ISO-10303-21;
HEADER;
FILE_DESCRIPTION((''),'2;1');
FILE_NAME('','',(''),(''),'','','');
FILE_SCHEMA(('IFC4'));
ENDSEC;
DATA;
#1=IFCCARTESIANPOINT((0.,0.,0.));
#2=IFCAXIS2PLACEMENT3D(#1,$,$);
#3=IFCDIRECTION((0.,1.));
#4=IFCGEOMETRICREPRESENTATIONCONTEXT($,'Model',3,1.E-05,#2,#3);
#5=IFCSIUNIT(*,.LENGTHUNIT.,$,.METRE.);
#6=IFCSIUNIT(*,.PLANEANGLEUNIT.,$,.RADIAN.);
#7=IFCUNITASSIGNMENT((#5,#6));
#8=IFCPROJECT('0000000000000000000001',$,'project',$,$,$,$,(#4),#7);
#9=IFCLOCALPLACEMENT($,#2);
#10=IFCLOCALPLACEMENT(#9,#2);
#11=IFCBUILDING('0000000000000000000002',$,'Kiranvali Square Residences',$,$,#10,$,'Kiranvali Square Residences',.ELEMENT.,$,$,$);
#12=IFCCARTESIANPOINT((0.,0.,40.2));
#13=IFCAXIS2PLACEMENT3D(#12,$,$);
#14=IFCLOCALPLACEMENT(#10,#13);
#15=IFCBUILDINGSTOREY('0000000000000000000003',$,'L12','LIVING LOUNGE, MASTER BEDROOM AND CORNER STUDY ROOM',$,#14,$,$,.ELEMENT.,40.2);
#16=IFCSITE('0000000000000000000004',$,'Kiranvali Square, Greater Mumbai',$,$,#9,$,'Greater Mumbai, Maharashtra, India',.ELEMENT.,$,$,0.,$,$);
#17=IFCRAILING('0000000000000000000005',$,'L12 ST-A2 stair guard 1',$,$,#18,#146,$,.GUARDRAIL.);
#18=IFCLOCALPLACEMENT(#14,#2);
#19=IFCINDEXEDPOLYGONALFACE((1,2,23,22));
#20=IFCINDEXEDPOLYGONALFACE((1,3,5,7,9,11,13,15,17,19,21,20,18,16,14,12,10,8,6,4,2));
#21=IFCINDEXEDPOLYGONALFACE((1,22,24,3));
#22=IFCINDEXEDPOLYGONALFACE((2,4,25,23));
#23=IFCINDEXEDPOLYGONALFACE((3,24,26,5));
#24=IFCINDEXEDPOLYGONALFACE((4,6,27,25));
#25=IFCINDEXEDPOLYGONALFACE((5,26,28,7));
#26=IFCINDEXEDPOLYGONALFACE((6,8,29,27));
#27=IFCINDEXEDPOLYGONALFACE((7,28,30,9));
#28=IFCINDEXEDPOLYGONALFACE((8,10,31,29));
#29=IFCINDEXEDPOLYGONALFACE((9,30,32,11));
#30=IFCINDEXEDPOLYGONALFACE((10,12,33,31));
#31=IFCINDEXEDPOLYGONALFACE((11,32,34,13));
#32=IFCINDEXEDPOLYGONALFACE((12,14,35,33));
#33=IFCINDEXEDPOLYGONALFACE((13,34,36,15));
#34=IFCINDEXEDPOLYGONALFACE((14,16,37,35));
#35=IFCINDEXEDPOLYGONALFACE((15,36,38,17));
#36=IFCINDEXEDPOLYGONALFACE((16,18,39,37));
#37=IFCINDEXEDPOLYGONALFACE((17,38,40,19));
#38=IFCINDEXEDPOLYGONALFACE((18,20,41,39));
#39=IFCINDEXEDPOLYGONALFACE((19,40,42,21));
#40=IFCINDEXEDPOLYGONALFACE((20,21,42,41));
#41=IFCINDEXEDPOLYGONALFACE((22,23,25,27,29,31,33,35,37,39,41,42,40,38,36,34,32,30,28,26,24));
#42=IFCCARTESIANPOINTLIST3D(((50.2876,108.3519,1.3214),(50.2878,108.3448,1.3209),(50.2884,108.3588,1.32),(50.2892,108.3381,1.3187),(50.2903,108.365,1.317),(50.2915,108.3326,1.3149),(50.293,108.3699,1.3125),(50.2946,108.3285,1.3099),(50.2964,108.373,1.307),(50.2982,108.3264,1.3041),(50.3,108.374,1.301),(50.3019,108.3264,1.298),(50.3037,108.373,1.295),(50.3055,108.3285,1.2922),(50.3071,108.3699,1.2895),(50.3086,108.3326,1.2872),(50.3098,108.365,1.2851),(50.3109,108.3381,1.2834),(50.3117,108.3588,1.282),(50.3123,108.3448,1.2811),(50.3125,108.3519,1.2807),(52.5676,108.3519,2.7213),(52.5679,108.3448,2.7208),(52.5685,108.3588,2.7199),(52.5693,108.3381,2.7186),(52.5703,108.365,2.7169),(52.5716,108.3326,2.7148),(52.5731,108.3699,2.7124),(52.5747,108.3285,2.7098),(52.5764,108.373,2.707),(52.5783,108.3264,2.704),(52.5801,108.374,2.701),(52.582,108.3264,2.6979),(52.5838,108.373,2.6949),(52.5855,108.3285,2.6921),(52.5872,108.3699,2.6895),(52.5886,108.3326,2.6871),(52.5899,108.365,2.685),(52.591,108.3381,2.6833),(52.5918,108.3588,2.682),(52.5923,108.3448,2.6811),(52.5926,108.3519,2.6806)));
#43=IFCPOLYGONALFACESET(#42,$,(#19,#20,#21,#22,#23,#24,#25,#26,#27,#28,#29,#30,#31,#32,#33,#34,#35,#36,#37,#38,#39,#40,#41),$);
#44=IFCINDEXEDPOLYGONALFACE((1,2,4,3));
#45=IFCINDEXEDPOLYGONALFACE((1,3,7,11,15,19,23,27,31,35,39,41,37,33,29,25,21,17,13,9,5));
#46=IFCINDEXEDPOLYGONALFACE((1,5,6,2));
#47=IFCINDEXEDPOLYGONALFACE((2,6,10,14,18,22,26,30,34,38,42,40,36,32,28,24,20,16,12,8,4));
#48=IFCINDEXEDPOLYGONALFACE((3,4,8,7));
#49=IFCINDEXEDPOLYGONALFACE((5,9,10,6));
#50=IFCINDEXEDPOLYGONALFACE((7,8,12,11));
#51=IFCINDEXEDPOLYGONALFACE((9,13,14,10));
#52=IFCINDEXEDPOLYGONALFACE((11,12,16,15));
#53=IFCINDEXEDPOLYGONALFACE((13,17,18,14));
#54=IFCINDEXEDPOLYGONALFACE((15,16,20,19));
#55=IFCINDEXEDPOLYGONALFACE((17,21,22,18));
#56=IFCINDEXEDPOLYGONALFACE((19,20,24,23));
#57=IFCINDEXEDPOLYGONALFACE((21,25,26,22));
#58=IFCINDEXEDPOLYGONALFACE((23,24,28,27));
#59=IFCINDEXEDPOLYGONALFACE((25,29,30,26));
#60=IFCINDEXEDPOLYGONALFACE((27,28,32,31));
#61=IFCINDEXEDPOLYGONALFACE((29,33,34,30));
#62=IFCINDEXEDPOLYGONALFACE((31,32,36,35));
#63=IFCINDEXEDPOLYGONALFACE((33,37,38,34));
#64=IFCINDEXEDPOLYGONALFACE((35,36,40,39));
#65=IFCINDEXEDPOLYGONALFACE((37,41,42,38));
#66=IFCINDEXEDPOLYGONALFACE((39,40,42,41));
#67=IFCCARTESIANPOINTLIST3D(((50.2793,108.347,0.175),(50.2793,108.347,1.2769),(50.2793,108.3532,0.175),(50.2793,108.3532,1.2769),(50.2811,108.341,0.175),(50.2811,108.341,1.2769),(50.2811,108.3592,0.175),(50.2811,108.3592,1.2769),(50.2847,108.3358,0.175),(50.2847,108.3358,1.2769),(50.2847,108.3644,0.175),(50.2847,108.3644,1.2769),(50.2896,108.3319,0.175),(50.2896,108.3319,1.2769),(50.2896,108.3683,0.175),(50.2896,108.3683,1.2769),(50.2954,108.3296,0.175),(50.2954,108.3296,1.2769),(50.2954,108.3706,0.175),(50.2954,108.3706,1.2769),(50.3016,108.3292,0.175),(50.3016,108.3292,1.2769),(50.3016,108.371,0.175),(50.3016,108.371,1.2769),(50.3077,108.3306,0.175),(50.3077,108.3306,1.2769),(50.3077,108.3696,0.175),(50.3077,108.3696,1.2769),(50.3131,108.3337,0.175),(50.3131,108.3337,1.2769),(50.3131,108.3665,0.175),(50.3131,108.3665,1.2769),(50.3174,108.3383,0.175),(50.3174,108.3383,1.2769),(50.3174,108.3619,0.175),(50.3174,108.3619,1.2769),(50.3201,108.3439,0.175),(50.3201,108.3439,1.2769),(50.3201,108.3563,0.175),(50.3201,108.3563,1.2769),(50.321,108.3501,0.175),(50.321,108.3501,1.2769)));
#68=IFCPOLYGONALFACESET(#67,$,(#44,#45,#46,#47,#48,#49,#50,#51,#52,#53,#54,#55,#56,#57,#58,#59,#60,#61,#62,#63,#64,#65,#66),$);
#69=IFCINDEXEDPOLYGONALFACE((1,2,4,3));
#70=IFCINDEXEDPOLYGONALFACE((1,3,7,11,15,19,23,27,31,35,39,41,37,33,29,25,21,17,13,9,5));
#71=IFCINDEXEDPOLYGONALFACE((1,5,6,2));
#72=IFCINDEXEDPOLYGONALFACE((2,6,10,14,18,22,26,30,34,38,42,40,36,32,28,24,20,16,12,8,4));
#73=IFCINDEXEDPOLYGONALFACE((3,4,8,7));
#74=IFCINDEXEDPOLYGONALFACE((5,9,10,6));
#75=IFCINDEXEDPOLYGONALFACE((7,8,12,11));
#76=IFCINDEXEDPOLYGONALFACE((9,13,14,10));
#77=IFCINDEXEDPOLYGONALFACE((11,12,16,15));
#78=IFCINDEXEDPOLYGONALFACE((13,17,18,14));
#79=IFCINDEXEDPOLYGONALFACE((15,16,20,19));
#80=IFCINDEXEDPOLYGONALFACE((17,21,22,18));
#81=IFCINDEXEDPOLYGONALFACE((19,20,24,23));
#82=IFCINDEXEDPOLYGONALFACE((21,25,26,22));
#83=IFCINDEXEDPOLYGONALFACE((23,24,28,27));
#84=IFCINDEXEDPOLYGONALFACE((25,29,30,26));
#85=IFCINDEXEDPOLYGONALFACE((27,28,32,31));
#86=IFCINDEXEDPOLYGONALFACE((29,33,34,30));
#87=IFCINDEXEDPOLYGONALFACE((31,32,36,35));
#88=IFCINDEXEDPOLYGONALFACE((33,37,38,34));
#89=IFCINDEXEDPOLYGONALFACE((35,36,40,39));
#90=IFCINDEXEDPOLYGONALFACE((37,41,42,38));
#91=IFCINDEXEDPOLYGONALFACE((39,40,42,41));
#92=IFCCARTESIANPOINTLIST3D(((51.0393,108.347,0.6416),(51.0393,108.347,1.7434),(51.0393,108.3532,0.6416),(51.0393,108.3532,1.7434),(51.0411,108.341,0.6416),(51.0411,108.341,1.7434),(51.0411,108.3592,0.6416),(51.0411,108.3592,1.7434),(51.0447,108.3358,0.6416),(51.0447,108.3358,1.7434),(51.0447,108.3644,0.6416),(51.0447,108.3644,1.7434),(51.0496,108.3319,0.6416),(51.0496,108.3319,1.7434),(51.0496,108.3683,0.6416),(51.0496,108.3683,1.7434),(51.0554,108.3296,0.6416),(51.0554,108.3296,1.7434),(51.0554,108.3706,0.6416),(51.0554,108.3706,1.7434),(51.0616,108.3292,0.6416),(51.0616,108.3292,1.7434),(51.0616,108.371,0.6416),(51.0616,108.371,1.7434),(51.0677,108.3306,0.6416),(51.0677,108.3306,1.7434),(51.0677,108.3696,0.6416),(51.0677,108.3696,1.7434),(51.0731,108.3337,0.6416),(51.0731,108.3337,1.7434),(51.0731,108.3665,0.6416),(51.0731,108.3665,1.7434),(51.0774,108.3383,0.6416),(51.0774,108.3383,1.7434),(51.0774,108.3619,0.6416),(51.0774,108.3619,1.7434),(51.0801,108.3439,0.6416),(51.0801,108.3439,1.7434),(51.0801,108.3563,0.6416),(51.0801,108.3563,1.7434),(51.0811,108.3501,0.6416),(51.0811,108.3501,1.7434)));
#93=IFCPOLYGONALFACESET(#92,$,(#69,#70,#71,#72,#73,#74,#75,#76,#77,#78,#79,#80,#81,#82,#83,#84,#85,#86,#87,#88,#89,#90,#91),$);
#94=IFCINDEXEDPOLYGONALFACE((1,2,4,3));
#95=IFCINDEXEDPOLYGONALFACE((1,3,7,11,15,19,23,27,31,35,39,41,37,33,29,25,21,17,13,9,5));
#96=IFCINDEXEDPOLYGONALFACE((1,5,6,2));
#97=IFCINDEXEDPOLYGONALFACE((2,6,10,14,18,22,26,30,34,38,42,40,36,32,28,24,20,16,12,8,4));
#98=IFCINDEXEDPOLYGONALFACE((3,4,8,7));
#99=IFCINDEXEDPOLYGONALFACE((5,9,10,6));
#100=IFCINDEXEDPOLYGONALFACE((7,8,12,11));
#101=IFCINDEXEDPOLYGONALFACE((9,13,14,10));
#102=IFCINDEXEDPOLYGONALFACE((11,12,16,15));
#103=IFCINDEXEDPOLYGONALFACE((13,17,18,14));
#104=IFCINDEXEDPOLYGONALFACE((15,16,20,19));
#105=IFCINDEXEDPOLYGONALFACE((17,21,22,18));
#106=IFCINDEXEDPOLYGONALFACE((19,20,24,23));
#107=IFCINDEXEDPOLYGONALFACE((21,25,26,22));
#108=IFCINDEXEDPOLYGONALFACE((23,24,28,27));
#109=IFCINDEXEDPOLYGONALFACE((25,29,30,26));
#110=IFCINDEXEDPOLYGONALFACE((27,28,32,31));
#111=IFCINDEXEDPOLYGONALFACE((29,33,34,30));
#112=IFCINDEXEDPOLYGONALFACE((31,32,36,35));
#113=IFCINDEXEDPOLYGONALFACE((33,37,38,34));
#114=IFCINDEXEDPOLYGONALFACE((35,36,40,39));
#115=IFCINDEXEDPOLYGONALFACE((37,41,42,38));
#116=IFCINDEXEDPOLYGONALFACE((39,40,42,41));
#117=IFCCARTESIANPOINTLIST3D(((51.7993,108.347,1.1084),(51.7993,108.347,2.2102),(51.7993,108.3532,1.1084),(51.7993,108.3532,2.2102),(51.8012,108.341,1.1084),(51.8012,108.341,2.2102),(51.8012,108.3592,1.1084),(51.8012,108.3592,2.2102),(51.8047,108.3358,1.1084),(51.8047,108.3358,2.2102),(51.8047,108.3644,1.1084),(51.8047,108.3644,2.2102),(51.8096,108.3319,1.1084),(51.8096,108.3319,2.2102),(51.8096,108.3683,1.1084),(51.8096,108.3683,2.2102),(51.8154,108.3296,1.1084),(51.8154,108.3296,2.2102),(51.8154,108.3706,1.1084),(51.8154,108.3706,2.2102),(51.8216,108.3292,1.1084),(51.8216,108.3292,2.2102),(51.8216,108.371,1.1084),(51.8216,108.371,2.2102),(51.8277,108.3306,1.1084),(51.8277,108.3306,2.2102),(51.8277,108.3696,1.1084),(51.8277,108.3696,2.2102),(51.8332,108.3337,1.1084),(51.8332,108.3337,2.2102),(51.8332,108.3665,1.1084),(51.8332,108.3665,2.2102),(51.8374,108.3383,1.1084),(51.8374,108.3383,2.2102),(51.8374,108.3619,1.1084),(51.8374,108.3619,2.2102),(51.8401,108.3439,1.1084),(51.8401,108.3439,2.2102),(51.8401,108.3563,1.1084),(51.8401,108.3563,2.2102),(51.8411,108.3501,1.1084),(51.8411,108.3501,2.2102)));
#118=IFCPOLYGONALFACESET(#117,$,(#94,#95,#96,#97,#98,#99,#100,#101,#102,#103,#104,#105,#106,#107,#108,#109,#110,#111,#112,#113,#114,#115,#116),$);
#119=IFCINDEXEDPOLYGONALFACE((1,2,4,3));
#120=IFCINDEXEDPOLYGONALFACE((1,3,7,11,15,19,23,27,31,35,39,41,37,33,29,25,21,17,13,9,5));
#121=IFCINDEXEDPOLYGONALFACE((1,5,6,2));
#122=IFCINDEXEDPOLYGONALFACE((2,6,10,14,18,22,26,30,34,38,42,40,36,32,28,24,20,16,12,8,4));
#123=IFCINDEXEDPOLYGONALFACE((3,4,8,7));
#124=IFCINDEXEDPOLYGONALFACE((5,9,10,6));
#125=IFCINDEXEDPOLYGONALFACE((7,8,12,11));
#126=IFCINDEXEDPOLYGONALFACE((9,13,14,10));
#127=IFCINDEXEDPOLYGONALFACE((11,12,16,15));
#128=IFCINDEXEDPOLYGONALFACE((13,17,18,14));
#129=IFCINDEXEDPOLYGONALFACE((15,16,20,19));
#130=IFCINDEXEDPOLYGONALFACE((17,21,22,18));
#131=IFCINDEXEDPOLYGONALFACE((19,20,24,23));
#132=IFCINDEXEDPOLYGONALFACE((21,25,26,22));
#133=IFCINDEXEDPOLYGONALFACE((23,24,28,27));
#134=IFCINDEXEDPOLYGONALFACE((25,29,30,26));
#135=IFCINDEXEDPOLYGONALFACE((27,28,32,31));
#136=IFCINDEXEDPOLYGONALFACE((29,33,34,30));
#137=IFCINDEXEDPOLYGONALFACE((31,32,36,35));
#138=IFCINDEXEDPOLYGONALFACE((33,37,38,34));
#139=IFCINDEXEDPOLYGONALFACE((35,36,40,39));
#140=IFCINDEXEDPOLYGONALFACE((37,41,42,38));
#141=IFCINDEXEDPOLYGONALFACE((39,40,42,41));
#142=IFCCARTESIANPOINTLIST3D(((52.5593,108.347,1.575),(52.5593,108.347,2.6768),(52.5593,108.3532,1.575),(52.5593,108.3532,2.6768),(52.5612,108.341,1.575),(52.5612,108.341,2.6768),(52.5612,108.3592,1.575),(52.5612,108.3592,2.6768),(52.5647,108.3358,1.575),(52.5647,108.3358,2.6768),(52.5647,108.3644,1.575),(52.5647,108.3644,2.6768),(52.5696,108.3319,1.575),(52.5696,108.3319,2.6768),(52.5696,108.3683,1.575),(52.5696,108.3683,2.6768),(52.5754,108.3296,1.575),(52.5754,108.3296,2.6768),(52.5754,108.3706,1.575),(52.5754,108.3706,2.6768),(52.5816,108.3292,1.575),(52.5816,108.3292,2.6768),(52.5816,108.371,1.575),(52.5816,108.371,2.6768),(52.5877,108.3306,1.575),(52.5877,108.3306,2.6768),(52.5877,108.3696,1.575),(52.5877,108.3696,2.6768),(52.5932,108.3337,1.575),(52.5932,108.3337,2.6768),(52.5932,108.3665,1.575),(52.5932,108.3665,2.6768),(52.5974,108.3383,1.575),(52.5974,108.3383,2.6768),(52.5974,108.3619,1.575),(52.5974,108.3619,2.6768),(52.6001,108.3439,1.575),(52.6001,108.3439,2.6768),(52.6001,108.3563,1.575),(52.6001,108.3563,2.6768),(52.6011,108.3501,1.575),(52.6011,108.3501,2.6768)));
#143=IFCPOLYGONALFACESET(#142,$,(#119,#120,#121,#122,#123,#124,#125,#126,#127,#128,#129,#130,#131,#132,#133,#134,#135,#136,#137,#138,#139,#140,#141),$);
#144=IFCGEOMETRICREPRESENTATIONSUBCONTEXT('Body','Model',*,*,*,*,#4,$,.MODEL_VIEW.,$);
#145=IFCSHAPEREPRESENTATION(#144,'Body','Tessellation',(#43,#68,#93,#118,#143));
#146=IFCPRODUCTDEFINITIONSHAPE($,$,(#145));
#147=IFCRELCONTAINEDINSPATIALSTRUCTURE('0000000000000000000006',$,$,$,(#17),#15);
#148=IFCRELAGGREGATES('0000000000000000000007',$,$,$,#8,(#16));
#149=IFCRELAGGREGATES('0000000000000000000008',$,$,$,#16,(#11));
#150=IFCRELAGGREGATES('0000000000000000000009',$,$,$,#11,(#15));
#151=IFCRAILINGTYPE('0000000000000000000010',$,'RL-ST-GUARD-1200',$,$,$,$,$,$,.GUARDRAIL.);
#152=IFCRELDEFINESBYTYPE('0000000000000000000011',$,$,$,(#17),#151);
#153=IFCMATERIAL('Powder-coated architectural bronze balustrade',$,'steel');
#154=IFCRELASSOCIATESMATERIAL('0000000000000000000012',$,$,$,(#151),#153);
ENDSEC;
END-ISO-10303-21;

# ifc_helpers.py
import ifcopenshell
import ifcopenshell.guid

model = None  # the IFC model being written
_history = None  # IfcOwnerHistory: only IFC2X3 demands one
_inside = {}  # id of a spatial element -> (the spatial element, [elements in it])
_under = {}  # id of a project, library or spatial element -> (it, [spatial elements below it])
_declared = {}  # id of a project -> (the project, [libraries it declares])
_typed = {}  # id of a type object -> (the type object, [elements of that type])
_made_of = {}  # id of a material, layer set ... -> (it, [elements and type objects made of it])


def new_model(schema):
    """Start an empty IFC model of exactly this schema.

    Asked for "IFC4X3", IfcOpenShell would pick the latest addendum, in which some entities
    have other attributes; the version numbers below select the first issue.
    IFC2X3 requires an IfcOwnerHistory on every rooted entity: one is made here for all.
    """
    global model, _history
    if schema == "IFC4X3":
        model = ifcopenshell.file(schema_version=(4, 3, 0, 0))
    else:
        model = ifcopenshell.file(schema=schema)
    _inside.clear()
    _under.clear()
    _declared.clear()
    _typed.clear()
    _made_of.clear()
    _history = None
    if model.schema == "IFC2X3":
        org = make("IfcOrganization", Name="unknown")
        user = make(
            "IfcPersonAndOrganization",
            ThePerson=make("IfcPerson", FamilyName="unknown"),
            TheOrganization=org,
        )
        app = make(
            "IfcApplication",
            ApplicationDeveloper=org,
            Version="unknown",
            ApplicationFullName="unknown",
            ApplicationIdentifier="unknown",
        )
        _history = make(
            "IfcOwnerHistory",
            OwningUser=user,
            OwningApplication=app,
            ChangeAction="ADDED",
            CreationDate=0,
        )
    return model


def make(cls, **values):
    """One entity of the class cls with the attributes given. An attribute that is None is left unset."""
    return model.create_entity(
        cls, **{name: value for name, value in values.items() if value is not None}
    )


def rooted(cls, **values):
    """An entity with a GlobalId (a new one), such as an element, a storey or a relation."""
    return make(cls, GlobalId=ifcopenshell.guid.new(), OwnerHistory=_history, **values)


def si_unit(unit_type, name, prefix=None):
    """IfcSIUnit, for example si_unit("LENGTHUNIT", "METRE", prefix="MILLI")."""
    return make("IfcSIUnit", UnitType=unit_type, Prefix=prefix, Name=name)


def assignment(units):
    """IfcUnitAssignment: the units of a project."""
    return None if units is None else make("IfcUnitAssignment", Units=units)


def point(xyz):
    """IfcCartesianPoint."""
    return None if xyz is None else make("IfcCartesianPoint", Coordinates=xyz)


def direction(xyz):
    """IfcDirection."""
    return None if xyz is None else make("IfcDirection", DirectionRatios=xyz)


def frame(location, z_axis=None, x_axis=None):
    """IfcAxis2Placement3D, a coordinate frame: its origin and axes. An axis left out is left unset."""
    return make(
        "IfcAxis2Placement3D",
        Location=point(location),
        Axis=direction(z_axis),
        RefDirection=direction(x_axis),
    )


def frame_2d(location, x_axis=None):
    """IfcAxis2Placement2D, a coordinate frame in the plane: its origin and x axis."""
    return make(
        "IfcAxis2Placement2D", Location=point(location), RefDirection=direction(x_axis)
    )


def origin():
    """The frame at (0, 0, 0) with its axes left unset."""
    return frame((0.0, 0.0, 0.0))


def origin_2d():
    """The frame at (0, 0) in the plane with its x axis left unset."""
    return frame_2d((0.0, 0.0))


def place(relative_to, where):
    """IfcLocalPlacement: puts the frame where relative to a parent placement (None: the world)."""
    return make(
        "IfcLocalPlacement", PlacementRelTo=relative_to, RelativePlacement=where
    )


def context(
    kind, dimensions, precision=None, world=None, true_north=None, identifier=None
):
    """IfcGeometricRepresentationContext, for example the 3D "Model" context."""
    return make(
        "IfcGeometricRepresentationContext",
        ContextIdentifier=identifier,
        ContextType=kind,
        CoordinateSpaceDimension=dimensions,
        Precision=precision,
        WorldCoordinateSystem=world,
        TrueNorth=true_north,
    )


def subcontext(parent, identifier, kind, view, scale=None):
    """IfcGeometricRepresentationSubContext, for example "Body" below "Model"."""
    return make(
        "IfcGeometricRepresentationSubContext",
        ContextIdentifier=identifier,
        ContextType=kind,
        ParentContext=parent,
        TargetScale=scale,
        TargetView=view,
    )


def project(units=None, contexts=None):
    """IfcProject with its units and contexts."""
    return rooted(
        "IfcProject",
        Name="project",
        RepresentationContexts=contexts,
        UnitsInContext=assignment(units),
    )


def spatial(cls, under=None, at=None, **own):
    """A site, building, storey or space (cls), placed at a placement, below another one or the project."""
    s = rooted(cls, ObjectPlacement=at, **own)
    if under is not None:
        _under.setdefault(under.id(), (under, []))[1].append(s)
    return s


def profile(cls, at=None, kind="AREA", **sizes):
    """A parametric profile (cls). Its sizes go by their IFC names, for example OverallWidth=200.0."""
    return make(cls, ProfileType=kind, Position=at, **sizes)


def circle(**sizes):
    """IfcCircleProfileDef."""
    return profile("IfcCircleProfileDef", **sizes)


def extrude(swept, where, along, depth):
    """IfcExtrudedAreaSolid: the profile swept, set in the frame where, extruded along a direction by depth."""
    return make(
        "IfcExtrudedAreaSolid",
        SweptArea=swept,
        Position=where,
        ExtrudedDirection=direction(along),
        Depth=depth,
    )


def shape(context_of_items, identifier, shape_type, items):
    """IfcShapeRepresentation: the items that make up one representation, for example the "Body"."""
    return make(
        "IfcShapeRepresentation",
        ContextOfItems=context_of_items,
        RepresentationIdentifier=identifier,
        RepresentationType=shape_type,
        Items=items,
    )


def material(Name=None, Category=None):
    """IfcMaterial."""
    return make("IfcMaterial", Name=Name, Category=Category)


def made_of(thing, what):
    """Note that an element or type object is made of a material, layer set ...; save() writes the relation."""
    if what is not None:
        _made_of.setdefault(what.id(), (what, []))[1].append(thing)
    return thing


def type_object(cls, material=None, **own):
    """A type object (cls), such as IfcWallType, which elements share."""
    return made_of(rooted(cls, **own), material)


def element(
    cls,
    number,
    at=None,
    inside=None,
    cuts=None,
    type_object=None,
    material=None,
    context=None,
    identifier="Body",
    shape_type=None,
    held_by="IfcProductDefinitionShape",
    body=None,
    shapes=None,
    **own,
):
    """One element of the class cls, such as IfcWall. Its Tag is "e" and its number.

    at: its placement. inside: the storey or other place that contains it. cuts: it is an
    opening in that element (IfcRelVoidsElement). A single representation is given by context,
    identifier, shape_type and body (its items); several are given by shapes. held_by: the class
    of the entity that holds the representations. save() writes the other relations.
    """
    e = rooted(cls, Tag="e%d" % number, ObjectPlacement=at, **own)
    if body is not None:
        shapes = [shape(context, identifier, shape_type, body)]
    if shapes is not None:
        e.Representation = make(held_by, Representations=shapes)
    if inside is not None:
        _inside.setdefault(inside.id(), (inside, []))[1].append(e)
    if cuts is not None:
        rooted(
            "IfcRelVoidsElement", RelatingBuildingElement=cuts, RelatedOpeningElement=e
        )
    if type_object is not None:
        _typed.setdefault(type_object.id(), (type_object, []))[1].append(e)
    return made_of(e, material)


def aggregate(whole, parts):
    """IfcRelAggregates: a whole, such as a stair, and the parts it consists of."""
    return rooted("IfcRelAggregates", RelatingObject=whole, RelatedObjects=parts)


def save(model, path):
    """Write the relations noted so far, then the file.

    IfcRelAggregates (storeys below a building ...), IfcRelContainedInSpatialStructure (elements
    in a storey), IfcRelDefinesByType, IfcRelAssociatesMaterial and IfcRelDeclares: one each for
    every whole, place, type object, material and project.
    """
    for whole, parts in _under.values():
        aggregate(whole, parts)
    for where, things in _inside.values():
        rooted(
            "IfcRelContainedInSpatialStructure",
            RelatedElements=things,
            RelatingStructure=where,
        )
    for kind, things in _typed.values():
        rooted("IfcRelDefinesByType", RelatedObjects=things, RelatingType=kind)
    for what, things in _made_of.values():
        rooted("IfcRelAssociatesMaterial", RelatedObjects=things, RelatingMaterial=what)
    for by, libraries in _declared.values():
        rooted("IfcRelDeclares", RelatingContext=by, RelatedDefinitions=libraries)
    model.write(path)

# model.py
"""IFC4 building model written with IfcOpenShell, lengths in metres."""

from ifc_helpers import new_model, si_unit, direction, frame, origin, origin_2d, place, context, subcontext, project, spatial, circle, extrude, material, type_object, element, save


model = new_model("IFC4")

# Units and contexts
model_context = context("Model", 3, precision=1e-05, world=origin(), true_north=direction((0.0, 1.0)))
body_context = subcontext(model_context, "Body", "Model", "MODEL_VIEW")
ifc_project = project(units=[si_unit("LENGTHUNIT", "METRE"), si_unit("PLANEANGLEUNIT", "RADIAN")], contexts=[model_context])

# Site, building, storey
site_placement = place(None, origin())
site = spatial("IfcSite", under=ifc_project, at=site_placement, Name="Kiranvali Square, Greater Mumbai", LongName="Greater Mumbai, Maharashtra, India", CompositionType="ELEMENT", RefElevation=0.0)
building_placement = place(site_placement, origin())
building = spatial("IfcBuilding", under=site, at=building_placement, Name="Kiranvali Square Residences", LongName="Kiranvali Square Residences", CompositionType="ELEMENT")
storey_placement = place(building_placement, frame((0.0, 0.0, 40.2)))
storey = spatial("IfcBuildingStorey", under=building, at=storey_placement, Name="L12", Description="LIVING LOUNGE, MASTER BEDROOM AND CORNER STUDY ROOM", CompositionType="ELEMENT", Elevation=40.2)

# Railing
ifc_material_1 = material(Name="Powder-coated architectural bronze balustrade", Category="steel")
railing_type_1 = type_object("IfcRailingType", Name="RL-ST-GUARD-1200", PredefinedType="GUARDRAIL", material=ifc_material_1)
railing_1_placement = place(storey_placement, frame((50.3, 108.3501, 0.175)))
element("IfcRailing", 1, at=railing_1_placement, inside=storey, type_object=railing_type_1, Name="L12 ST-A2 stair guard 1", PredefinedType="GUARDRAIL", context=body_context, shape_type="SweptSolid", body=[
    extrude(circle(Radius=0.0239, at=origin_2d()), frame((0.0, 0.0, 1.126), z_axis=(0.85219, 0.0, 0.523232), x_axis=(0.0, 1.0, 0.0)), (0.0, 0.0, 1.0), 2.6755),
    extrude(circle(Radius=0.021, at=origin_2d()), origin(), (0.0, 0.0, 1.0), 1.1018),
    extrude(circle(Radius=0.021, at=origin_2d()), frame((0.76, 0.0, 0.4666)), (0.0, 0.0, 1.0), 1.1018),
    extrude(circle(Radius=0.021, at=origin_2d()), frame((1.52, 0.0, 0.9333)), (0.0, 0.0, 1.0), 1.1018),
    extrude(circle(Radius=0.021, at=origin_2d()), frame((2.28, 0.0, 1.3999)), (0.0, 0.0, 1.0), 1.1018),
])

save(model, "model.ifc")
